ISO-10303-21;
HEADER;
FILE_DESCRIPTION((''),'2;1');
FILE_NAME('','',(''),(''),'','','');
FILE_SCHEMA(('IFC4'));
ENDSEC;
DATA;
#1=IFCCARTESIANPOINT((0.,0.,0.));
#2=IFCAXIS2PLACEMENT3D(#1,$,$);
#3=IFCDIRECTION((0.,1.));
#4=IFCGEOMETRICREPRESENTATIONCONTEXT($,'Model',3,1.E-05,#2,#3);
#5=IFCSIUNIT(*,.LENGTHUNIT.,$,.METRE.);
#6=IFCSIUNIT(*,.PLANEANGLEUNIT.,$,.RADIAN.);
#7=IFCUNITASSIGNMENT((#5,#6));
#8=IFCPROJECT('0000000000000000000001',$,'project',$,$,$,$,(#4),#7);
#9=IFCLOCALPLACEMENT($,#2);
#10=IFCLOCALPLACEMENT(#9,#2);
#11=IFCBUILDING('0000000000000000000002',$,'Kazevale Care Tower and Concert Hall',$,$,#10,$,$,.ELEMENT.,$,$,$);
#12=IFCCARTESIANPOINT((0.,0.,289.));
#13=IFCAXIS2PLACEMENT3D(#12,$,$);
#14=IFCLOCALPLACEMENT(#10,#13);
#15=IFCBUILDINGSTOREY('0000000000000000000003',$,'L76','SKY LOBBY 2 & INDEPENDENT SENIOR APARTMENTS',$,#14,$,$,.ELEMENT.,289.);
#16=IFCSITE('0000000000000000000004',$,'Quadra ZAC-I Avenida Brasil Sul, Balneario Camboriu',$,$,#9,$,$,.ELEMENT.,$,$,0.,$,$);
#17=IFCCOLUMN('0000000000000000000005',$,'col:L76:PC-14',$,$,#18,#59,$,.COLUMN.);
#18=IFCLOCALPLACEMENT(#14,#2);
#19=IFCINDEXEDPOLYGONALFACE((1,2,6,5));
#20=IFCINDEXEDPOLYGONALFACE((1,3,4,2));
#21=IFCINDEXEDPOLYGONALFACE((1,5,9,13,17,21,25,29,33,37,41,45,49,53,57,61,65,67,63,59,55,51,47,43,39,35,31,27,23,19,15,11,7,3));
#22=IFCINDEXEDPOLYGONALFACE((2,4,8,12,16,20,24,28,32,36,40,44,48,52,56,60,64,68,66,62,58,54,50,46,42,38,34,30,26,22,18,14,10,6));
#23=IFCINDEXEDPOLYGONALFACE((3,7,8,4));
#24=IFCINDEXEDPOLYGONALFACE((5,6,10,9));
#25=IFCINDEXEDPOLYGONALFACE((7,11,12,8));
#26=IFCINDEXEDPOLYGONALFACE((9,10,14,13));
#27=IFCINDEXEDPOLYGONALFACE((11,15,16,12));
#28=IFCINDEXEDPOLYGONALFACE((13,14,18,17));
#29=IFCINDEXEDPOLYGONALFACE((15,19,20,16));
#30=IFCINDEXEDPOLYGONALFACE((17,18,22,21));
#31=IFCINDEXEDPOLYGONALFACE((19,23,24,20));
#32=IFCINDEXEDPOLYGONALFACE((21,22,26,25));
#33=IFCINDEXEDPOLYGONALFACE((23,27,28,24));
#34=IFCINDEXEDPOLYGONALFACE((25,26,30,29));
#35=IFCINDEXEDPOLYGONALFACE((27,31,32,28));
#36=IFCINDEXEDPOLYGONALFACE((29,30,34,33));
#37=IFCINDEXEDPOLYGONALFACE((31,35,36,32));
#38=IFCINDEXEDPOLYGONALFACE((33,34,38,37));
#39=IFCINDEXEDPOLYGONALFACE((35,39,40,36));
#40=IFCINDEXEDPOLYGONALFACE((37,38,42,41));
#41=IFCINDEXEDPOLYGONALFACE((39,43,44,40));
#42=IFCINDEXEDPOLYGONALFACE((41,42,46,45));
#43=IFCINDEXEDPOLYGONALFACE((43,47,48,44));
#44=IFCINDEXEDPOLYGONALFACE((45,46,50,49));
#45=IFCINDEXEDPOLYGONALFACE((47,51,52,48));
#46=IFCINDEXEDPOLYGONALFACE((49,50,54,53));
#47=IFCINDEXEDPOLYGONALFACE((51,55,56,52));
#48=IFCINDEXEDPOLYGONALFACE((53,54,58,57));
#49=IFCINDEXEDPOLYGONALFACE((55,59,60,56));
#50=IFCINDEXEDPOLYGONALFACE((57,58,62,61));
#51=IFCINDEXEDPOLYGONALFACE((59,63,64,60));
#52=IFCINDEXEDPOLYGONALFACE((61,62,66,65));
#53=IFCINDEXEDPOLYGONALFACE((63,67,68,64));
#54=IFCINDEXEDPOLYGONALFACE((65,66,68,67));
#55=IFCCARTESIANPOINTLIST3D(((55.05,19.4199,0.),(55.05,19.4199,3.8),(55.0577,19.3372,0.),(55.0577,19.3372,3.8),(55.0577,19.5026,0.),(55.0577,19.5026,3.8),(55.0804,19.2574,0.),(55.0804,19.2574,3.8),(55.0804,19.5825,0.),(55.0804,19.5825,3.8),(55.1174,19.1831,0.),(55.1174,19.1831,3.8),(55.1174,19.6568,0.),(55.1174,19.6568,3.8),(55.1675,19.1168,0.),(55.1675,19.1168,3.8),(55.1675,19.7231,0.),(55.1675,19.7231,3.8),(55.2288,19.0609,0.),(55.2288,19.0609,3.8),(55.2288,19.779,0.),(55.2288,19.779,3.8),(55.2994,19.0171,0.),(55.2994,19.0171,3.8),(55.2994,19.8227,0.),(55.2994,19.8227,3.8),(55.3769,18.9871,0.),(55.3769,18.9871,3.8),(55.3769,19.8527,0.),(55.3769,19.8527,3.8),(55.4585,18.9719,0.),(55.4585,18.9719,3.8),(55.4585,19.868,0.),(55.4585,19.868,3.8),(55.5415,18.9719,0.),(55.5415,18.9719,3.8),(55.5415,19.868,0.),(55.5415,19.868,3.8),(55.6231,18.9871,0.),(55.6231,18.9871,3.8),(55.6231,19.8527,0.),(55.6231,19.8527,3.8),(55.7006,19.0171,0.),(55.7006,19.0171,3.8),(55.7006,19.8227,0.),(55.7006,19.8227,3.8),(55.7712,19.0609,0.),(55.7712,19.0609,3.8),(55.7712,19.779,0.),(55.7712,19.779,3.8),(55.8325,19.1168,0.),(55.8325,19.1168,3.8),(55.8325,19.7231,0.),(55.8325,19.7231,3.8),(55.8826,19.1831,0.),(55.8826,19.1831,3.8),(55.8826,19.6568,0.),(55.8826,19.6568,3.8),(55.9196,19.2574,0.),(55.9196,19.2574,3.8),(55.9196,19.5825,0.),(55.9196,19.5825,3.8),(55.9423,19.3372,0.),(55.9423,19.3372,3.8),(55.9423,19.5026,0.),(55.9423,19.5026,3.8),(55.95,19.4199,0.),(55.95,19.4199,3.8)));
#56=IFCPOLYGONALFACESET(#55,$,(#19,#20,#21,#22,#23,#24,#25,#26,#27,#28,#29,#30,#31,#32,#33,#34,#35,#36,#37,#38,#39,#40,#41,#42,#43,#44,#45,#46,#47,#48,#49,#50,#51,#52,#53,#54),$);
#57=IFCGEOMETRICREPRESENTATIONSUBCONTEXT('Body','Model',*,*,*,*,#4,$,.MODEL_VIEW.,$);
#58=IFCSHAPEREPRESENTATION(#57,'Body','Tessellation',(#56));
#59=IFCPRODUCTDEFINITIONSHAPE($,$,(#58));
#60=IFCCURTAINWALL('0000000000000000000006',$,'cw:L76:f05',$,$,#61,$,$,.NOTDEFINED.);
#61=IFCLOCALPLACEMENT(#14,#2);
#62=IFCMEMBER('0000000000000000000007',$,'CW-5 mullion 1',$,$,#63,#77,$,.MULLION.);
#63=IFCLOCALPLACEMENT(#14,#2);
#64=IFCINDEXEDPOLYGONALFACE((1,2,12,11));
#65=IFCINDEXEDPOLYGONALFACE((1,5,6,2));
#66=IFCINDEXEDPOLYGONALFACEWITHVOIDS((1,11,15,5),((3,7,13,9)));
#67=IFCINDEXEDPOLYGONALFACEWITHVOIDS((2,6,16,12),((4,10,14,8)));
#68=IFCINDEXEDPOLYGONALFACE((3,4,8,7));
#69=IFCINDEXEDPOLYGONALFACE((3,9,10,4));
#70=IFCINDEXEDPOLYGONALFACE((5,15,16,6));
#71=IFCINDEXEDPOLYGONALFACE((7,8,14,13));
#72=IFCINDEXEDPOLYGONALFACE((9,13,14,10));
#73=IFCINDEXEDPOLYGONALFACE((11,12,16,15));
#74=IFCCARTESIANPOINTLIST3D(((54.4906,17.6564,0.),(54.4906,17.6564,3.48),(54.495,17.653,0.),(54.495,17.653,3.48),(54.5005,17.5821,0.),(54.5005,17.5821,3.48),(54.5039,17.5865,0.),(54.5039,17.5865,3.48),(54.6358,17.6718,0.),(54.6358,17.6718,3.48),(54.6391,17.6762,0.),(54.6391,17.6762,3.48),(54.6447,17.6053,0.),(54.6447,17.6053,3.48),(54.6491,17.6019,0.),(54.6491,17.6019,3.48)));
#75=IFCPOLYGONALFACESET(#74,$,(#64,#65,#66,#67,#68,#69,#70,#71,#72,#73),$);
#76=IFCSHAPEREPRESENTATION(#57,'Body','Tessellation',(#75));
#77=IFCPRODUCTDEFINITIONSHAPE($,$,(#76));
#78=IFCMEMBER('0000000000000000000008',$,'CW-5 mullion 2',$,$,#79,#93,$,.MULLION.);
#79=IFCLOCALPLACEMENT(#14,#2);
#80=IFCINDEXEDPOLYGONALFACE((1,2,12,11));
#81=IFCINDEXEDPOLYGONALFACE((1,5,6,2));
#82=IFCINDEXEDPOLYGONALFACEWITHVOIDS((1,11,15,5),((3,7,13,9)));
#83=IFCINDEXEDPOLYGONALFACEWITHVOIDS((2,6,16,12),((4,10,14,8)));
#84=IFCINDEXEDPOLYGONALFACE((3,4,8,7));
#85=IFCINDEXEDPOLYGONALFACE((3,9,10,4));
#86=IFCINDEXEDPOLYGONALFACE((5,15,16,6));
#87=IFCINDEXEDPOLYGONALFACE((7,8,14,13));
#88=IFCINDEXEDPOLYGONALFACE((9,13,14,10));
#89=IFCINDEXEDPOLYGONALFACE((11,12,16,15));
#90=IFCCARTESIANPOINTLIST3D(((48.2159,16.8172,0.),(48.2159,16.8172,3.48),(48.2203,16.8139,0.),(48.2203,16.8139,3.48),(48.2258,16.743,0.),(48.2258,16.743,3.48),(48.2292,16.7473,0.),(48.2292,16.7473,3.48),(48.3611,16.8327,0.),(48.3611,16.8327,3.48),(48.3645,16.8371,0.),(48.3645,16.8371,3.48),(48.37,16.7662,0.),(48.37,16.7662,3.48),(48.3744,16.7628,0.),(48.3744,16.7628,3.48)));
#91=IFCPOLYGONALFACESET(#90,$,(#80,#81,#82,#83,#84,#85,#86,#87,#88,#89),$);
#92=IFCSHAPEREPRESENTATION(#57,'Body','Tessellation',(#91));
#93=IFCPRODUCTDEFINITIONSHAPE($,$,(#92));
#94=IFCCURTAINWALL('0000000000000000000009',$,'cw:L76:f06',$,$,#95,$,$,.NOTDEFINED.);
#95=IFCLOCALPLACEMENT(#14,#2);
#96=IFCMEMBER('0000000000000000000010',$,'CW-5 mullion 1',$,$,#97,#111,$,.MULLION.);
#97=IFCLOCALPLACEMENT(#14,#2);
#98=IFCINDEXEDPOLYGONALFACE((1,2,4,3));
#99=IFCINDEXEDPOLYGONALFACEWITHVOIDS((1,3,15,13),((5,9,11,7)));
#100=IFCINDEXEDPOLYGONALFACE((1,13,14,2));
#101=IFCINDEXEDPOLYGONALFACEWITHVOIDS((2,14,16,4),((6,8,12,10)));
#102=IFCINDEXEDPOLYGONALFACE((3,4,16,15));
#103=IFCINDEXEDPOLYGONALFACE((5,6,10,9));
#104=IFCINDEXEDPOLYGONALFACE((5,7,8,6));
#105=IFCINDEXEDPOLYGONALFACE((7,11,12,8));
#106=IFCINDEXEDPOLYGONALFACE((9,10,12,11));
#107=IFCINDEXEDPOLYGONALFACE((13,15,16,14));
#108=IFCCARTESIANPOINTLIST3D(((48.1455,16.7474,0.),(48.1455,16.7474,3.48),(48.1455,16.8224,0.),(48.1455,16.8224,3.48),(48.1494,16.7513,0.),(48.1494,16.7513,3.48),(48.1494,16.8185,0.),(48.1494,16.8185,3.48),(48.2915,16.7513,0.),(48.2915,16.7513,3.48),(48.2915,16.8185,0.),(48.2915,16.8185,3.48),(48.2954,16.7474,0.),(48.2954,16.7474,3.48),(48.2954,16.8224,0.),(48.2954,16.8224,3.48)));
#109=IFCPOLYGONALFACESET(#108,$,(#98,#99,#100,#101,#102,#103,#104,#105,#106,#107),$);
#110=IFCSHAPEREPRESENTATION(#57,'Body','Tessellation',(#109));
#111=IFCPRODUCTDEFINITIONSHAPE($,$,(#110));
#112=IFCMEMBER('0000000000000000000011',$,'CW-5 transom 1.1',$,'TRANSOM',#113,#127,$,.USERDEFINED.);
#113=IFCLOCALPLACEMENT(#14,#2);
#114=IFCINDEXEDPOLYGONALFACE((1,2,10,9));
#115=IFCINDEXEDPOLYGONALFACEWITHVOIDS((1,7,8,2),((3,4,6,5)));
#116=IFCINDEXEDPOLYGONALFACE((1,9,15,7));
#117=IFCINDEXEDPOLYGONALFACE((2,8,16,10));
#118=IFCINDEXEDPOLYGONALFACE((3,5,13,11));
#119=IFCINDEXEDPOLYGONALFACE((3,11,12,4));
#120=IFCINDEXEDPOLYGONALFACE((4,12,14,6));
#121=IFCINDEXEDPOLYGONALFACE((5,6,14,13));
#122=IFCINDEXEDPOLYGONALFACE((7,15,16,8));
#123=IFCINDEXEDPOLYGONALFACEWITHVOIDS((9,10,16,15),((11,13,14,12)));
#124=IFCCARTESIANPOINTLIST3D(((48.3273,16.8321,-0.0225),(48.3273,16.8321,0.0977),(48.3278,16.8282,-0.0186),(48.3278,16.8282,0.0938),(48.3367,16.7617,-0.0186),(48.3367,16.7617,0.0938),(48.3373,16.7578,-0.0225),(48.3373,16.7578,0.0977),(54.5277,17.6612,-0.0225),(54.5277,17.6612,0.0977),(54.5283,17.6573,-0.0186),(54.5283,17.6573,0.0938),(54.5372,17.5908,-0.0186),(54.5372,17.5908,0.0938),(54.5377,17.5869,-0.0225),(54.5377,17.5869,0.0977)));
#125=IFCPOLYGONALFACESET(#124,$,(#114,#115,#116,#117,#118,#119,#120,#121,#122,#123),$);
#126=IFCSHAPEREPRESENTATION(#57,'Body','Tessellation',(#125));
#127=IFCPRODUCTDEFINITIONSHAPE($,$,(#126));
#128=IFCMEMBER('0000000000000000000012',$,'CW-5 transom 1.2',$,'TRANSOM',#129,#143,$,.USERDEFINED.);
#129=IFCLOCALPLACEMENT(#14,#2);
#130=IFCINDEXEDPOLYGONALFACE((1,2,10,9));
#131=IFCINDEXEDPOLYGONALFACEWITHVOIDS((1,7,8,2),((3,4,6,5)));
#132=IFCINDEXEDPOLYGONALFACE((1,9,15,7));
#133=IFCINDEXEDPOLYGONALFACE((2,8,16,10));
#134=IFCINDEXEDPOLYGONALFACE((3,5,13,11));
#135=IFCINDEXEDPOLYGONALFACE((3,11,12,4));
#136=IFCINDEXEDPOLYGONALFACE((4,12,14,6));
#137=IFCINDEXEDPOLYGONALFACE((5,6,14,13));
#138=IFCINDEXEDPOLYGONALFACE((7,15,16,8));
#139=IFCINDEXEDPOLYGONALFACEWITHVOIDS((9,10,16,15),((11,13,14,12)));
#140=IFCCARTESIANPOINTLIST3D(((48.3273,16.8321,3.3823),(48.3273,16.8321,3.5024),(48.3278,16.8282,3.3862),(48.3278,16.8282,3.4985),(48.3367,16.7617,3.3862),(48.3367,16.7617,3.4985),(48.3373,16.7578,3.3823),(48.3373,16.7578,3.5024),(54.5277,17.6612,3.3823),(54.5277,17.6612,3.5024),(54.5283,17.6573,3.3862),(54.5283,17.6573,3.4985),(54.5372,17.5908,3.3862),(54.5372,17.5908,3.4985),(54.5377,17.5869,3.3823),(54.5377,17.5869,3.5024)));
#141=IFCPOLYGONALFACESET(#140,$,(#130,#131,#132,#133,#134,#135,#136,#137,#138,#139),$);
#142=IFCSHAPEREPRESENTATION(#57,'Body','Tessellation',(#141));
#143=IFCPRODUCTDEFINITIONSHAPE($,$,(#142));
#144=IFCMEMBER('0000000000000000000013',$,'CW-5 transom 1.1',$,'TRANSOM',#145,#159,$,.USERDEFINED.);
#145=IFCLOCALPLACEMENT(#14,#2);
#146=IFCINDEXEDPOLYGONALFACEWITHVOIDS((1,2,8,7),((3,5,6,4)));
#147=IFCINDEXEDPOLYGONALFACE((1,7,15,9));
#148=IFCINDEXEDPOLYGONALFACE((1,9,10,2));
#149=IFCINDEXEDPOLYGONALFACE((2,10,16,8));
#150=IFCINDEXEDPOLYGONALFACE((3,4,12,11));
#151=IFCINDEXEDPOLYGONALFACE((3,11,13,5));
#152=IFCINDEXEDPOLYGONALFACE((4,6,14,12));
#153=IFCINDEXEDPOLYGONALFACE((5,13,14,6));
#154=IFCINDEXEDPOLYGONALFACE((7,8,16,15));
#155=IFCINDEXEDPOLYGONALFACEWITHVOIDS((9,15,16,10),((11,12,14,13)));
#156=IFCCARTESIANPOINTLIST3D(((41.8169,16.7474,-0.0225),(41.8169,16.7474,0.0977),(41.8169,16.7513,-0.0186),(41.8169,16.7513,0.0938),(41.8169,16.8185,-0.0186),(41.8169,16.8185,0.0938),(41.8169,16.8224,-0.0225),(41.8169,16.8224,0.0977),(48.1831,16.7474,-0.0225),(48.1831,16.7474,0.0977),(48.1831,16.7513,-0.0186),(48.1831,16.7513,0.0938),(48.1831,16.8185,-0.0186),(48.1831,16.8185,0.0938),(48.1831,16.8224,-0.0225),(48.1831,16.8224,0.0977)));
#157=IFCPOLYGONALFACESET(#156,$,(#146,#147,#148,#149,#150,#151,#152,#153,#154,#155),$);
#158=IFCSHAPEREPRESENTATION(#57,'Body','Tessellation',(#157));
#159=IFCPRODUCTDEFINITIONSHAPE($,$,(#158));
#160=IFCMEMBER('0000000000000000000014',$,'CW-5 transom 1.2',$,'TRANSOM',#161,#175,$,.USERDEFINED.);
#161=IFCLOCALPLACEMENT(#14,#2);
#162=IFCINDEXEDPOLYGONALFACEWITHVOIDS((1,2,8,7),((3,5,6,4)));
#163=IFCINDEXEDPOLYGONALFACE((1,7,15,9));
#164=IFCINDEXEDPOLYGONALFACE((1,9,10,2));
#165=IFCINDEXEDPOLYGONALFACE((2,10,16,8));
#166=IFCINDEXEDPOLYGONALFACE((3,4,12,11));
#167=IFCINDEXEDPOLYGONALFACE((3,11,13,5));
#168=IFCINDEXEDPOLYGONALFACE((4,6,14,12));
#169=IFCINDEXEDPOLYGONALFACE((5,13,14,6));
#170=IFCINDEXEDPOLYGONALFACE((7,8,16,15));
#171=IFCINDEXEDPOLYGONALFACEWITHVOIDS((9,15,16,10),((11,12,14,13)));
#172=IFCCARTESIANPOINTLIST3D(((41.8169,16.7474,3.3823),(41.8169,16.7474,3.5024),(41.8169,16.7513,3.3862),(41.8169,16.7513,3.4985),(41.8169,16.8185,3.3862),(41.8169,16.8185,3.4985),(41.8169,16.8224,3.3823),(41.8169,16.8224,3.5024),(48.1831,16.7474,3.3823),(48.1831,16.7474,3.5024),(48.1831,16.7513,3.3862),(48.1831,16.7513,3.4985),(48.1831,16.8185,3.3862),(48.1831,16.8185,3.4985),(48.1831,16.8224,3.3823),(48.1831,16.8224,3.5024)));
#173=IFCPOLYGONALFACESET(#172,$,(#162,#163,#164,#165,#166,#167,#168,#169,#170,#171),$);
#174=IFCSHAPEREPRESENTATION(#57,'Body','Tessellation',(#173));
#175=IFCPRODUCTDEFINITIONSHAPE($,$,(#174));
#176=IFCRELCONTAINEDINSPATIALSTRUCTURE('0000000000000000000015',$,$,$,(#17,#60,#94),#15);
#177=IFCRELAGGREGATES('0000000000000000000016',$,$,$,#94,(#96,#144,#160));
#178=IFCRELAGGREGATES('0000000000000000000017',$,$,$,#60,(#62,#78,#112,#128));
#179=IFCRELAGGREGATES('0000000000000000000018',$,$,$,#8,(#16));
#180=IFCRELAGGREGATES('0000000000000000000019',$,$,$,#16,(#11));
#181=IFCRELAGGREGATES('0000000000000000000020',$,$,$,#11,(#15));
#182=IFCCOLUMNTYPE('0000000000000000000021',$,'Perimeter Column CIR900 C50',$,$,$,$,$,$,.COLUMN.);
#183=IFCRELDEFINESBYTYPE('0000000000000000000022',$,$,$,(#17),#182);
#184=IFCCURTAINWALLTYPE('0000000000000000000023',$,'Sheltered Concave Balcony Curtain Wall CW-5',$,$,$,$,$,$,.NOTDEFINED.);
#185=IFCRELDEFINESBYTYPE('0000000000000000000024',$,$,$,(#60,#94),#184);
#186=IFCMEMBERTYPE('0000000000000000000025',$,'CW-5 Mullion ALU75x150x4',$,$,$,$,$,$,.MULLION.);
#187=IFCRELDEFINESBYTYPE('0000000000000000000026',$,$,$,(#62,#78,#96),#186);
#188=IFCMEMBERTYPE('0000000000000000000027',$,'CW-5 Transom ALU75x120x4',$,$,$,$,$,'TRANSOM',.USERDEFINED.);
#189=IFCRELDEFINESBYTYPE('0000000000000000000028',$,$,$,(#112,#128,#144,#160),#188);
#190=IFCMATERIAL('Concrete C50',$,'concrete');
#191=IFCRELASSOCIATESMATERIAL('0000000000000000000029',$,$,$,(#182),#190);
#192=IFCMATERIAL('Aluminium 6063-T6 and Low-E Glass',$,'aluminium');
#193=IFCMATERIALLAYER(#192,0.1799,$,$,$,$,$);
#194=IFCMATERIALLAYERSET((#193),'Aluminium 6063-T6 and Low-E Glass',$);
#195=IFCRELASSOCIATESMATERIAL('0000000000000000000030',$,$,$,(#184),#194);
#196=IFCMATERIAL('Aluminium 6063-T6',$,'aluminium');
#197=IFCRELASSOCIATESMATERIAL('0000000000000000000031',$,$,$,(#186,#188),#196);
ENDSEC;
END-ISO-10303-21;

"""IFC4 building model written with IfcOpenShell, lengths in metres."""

from ifc_helpers import new_model, si_unit, direction, frame, origin, origin_2d, place, context, subcontext, project, spatial, hollow_rectangle, circle, extrude, material, layer, layer_set, material_profile, profile_set, type_object, element, aggregate, save


model = new_model("IFC4")

# Units and contexts
model_context = context("Model", 3, precision=1e-05, world=origin(), true_north=direction((0.0, 1.0)))
body_context = subcontext(model_context, "Body", "Model", "MODEL_VIEW")
ifc_project = project(units=[si_unit("LENGTHUNIT", "METRE"), si_unit("PLANEANGLEUNIT", "RADIAN")], contexts=[model_context])

# Site, building, storey
site_placement = place(None, origin())
site = spatial("IfcSite", under=ifc_project, at=site_placement, Name="Quadra ZAC-I Avenida Brasil Sul, Balneario Camboriu", CompositionType="ELEMENT", RefElevation=0.0)
building_placement = place(site_placement, origin())
building = spatial("IfcBuilding", under=site, at=building_placement, Name="Kazevale Care Tower and Concert Hall", CompositionType="ELEMENT")
storey_placement = place(building_placement, frame((0.0, 0.0, 289.0)))
storey = spatial("IfcBuildingStorey", under=building, at=storey_placement, Name="L76", Description="SKY LOBBY 2 & INDEPENDENT SENIOR APARTMENTS", CompositionType="ELEMENT", Elevation=289.0)

# Column
ifc_material_1 = material(Name="Concrete C50", Category="concrete")
ifc_material_profile_1 = material_profile(ifc_material_1, circle(Radius=0.45, at=origin_2d()), Name="RC-CIR900")
ifc_profile_set_1 = profile_set([ifc_material_profile_1], Name="Concrete C50")
column_type = type_object("IfcColumnType", Name="Perimeter Column CIR900 C50", PredefinedType="COLUMN", material=ifc_profile_set_1)
column_placement = place(storey_placement, frame((55.5, 19.4199, 0.0), z_axis=(0.0, 0.0, 1.0), x_axis=(1.0, 0.0, 0.0)))
element("IfcColumn", 1, at=column_placement, inside=storey, type_object=column_type, Name="col:L76:PC-14", PredefinedType="COLUMN", context=body_context, shape_type="SweptSolid", body=[
    extrude(circle(Radius=0.45, at=origin_2d()), origin(), (0.0, 0.0, 1.0), 3.8),
])

# Curtain wall, members
ifc_material_2 = material(Name="Aluminium 6063-T6 and Low-E Glass", Category="aluminium")
ifc_layer_1 = layer(ifc_material_2, 0.1799)
ifc_layer_set_1 = layer_set([ifc_layer_1], Name="Aluminium 6063-T6 and Low-E Glass")
curtain_wall_type = type_object("IfcCurtainWallType", Name="Sheltered Concave Balcony Curtain Wall CW-5", PredefinedType="NOTDEFINED", material=ifc_layer_set_1)
curtain_wall_1_placement = place(storey_placement, origin())
curtain_wall_1 = element("IfcCurtainWall", 2, at=curtain_wall_1_placement, inside=storey, type_object=curtain_wall_type, Name="cw:L76:f05", PredefinedType="NOTDEFINED")
ifc_material_3 = material(Name="Aluminium 6063-T6", Category="aluminium")
ifc_material_profile_2 = material_profile(ifc_material_3, hollow_rectangle(XDim=0.075, YDim=0.1499, WallThickness=0.0039, at=origin_2d()), Name="ALU75x150x4")
ifc_profile_set_2 = profile_set([ifc_material_profile_2], Name="Aluminium 6063-T6")
member_type_1 = type_object("IfcMemberType", Name="CW-5 Mullion ALU75x150x4", PredefinedType="MULLION", material=ifc_profile_set_2)
member_1_placement = place(storey_placement, frame((54.5698, 17.6292, 0.0), z_axis=(0.0, 0.0, 1.0), x_axis=(0.132542, -0.991177, 0.0)))
member_1 = element("IfcMember", 3, at=member_1_placement, type_object=member_type_1, Name="CW-5 mullion 1", PredefinedType="MULLION", context=body_context, shape_type="SweptSolid", body=[
    extrude(hollow_rectangle(XDim=0.075, YDim=0.1499, WallThickness=0.0039, at=origin_2d()), origin(), (0.0, 0.0, 1.0), 3.48),
])
member_2_placement = place(storey_placement, frame((48.2952, 16.79, 0.0), z_axis=(0.0, 0.0, 1.0), x_axis=(0.132542, -0.991177, 0.0)))
member_2 = element("IfcMember", 4, at=member_2_placement, type_object=member_type_1, Name="CW-5 mullion 2", PredefinedType="MULLION", context=body_context, shape_type="SweptSolid", body=[
    extrude(hollow_rectangle(XDim=0.075, YDim=0.1499, WallThickness=0.0039, at=origin_2d()), origin(), (0.0, 0.0, 1.0), 3.48),
])

# Curtain wall, member
curtain_wall_2_placement = place(storey_placement, origin())
curtain_wall_2 = element("IfcCurtainWall", 5, at=curtain_wall_2_placement, inside=storey, type_object=curtain_wall_type, Name="cw:L76:f06", PredefinedType="NOTDEFINED")
member_3_placement = place(storey_placement, frame((48.2205, 16.7849, 0.0), z_axis=(0.0, 0.0, 1.0), x_axis=(0.0, -1.0, 0.0)))
member_3 = element("IfcMember", 6, at=member_3_placement, type_object=member_type_1, Name="CW-5 mullion 1", PredefinedType="MULLION", context=body_context, shape_type="SweptSolid", body=[
    extrude(hollow_rectangle(XDim=0.075, YDim=0.1499, WallThickness=0.0039, at=origin_2d()), origin(), (0.0, 0.0, 1.0), 3.48),
])

# Members
ifc_material_profile_3 = material_profile(ifc_material_3, hollow_rectangle(XDim=0.075, YDim=0.1201, WallThickness=0.0039, at=origin_2d()), Name="ALU75x120x4")
ifc_profile_set_3 = profile_set([ifc_material_profile_3], Name="Aluminium 6063-T6")
member_type_2 = type_object("IfcMemberType", Name="CW-5 Transom ALU75x120x4", ElementType="TRANSOM", PredefinedType="USERDEFINED", material=ifc_profile_set_3)
member_4_placement = place(storey_placement, frame((54.5327, 17.624, 0.0376), z_axis=(-0.991178, -0.132537, 0.0), x_axis=(0.132537, -0.991178, 0.0)))
member_4 = element("IfcMember", 7, at=member_4_placement, type_object=member_type_2, Name="CW-5 transom 1.1", ObjectType="TRANSOM", PredefinedType="USERDEFINED", context=body_context, shape_type="SweptSolid", body=[
    extrude(hollow_rectangle(XDim=0.075, YDim=0.1201, WallThickness=0.0039, at=origin_2d()), origin(), (0.0, 0.0, 1.0), 6.2556),
])
member_5_placement = place(storey_placement, frame((54.5327, 17.624, 3.4424), z_axis=(-0.991178, -0.132537, 0.0), x_axis=(0.132537, -0.991178, 0.0)))
member_5 = element("IfcMember", 8, at=member_5_placement, type_object=member_type_2, Name="CW-5 transom 1.2", ObjectType="TRANSOM", PredefinedType="USERDEFINED", context=body_context, shape_type="SweptSolid", body=[
    extrude(hollow_rectangle(XDim=0.075, YDim=0.1201, WallThickness=0.0039, at=origin_2d()), origin(), (0.0, 0.0, 1.0), 6.2556),
])
member_6_placement = place(storey_placement, frame((48.1831, 16.7849, 0.0376), z_axis=(-1.0, 0.0, 0.0), x_axis=(0.0, -1.0, 0.0)))
member_6 = element("IfcMember", 9, at=member_6_placement, type_object=member_type_2, Name="CW-5 transom 1.1", ObjectType="TRANSOM", PredefinedType="USERDEFINED", context=body_context, shape_type="SweptSolid", body=[
    extrude(hollow_rectangle(XDim=0.075, YDim=0.1201, WallThickness=0.0039, at=origin_2d()), origin(), (0.0, 0.0, 1.0), 6.3662),
])
member_7_placement = place(storey_placement, frame((48.1831, 16.7849, 3.4424), z_axis=(-1.0, 0.0, 0.0), x_axis=(0.0, -1.0, 0.0)))
member_7 = element("IfcMember", 10, at=member_7_placement, type_object=member_type_2, Name="CW-5 transom 1.2", ObjectType="TRANSOM", PredefinedType="USERDEFINED", context=body_context, shape_type="SweptSolid", body=[
    extrude(hollow_rectangle(XDim=0.075, YDim=0.1201, WallThickness=0.0039, at=origin_2d()), origin(), (0.0, 0.0, 1.0), 6.3662),
])
aggregate(curtain_wall_2, [member_3, member_6, member_7])

aggregate(curtain_wall_1, [member_1, member_2, member_4, member_5])

save(model, "model.ifc")
